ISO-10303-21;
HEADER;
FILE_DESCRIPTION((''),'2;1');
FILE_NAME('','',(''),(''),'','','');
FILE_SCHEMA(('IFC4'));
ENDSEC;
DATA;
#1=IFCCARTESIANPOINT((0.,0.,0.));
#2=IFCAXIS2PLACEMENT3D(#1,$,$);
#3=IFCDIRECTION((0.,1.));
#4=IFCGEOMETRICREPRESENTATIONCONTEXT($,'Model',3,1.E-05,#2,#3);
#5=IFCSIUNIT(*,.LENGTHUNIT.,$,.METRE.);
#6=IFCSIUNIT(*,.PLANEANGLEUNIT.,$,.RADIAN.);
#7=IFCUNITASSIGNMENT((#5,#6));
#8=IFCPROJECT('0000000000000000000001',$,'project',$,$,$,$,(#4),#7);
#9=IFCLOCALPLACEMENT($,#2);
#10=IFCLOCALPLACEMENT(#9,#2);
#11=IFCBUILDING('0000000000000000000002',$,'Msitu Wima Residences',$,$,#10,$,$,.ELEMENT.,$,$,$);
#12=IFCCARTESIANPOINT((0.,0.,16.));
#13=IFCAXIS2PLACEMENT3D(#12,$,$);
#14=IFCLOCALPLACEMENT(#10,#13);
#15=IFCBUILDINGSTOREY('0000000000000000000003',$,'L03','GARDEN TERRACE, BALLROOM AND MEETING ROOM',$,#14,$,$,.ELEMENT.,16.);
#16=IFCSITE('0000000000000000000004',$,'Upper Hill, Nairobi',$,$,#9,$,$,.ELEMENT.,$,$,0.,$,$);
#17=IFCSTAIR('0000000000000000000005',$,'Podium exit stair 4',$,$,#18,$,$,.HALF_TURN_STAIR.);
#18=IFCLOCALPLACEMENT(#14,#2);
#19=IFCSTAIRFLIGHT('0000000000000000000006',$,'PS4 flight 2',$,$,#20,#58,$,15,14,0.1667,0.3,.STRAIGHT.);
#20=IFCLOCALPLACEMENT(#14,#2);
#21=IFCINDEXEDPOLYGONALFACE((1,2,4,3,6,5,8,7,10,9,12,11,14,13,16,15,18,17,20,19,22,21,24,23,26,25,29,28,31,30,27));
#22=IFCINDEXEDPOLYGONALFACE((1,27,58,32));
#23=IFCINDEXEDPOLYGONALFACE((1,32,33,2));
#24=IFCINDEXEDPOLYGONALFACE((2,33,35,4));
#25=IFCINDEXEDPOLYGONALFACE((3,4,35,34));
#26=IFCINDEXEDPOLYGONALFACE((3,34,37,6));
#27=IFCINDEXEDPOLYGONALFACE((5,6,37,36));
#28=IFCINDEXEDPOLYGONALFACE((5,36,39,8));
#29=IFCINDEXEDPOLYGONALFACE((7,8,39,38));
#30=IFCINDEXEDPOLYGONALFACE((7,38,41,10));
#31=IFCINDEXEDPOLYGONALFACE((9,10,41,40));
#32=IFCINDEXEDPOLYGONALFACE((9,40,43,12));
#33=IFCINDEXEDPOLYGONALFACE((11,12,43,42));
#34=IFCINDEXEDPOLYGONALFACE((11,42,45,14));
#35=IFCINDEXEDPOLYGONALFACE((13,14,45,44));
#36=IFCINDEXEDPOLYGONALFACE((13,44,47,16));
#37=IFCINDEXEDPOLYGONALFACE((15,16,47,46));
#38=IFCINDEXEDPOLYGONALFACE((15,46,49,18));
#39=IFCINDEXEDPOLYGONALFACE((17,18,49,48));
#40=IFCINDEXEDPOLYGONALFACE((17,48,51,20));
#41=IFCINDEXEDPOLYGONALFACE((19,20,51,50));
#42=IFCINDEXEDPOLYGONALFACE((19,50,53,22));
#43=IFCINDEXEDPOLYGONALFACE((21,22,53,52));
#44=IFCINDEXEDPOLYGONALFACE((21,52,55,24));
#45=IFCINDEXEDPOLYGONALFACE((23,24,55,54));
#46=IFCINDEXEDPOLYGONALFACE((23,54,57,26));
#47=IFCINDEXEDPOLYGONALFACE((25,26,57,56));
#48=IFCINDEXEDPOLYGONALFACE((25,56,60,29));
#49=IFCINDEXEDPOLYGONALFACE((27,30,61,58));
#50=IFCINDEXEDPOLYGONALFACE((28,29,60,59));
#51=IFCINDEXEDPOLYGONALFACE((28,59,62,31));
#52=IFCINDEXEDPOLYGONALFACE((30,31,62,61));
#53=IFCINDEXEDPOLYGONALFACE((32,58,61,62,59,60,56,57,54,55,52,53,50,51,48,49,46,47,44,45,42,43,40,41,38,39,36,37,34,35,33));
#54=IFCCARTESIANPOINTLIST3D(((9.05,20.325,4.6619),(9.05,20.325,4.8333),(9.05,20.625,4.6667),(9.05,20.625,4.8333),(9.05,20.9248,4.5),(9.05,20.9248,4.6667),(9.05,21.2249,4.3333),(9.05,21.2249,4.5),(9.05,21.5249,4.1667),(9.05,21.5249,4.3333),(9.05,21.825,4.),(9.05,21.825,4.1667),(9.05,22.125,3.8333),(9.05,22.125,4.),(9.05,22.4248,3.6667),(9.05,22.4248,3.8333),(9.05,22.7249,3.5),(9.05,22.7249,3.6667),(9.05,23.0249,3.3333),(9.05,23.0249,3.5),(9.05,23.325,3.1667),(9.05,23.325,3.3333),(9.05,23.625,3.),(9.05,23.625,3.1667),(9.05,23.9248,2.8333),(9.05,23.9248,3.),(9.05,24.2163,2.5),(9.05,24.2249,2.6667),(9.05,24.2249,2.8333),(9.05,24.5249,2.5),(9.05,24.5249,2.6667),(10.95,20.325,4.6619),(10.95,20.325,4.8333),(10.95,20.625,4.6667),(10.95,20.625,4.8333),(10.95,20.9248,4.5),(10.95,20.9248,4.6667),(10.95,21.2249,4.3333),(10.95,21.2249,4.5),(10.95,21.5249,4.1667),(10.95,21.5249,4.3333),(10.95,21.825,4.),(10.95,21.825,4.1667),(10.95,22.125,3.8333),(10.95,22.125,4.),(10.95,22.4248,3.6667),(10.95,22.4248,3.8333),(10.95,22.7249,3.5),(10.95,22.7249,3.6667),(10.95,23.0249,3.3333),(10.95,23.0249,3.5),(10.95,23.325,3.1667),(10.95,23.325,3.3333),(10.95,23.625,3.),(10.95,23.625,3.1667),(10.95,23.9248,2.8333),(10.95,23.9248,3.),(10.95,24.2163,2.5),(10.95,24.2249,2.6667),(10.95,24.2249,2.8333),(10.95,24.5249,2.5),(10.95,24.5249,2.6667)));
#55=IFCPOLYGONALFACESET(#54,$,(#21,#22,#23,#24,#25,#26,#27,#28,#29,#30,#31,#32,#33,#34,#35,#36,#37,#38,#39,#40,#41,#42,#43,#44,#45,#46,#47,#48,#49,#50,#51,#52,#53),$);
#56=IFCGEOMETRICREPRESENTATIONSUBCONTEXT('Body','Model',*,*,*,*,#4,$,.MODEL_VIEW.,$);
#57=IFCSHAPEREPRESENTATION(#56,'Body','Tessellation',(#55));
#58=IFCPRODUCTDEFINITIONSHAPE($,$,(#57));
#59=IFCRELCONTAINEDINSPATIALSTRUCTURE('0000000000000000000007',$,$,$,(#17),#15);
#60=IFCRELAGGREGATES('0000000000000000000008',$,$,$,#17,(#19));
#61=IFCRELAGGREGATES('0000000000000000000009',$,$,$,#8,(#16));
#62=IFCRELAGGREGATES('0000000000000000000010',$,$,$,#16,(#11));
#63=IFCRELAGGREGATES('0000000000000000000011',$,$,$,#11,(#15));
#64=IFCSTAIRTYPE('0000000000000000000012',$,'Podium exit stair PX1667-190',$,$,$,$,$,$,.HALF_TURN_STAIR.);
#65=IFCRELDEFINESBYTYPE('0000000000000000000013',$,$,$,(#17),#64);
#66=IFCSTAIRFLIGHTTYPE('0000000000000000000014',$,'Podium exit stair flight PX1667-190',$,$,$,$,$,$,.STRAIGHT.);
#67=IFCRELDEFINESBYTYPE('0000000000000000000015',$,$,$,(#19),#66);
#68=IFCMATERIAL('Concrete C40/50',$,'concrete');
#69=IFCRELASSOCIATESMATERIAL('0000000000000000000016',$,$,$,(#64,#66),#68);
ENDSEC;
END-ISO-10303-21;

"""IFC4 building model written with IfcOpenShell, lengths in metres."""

from ifc_helpers import new_model, si_unit, direction, frame, origin, place, context, subcontext, project, spatial, polyline, outline, extrude, material, type_object, element, aggregate, save


model = new_model("IFC4")

# Units and contexts
model_context = context("Model", 3, precision=1e-05, world=origin(), true_north=direction((0.0, 1.0)))
body_context = subcontext(model_context, "Body", "Model", "MODEL_VIEW")
ifc_project = project(units=[si_unit("LENGTHUNIT", "METRE"), si_unit("PLANEANGLEUNIT", "RADIAN")], contexts=[model_context])

# Site, building, storey
site_placement = place(None, origin())
site = spatial("IfcSite", under=ifc_project, at=site_placement, Name="Upper Hill, Nairobi", CompositionType="ELEMENT", RefElevation=0.0)
building_placement = place(site_placement, origin())
building = spatial("IfcBuilding", under=site, at=building_placement, Name="Msitu Wima Residences", CompositionType="ELEMENT")
storey_placement = place(building_placement, frame((0.0, 0.0, 16.0)))
storey = spatial("IfcBuildingStorey", under=building, at=storey_placement, Name="L03", Description="GARDEN TERRACE, BALLROOM AND MEETING ROOM", CompositionType="ELEMENT", Elevation=16.0)

# Shared definitions
ifc_material_1 = material(Name="Concrete C40/50", Category="concrete")

# Stair, stair flight
stair_type_1 = type_object("IfcStairType", Name="Podium exit stair PX1667-190", PredefinedType="HALF_TURN_STAIR", material=ifc_material_1)
stair_1_placement = place(storey_placement, origin())
stair_1 = element("IfcStair", 1, at=stair_1_placement, inside=storey, type_object=stair_type_1, Name="Podium exit stair 4", PredefinedType="HALF_TURN_STAIR")
stair_flight_type_1 = type_object("IfcStairFlightType", Name="Podium exit stair flight PX1667-190", PredefinedType="STRAIGHT", material=ifc_material_1)
stair_flight_1_placement = place(storey_placement, frame((10.0, 24.5249, 2.5), z_axis=(0.0, 0.0, 1.0), x_axis=(0.0, -1.0, 0.0)))
stair_flight_1 = element("IfcStairFlight", 2, at=stair_flight_1_placement, type_object=stair_flight_type_1, Name="PS4 flight 2", NumberOfRisers=15, NumberOfTreads=14, PredefinedType="STRAIGHT", RiserHeight=0.1667, TreadLength=0.3, context=body_context, shape_type="SweptSolid", body=[
    extrude(outline(polyline([(0.0, 0.0), (0.0, 0.1667), (0.3, 0.1667), (0.3, 0.3333), (0.6001, 0.3333), (0.6001, 0.5), (0.8999, 0.5), (0.8999, 0.6667), (1.2, 0.6667), (1.2, 0.8333), (1.5, 0.8333), (1.5, 1.0), (1.8, 1.0), (1.8, 1.1667), (2.1001, 1.1667), (2.1001, 1.3333), (2.3999, 1.3333), (2.3999, 1.5), (2.7, 1.5), (2.7, 1.6667), (3.0, 1.6667), (3.0, 1.8333), (3.3, 1.8333), (3.3, 2.0), (3.6001, 2.0), (3.6001, 2.1667), (3.8999, 2.1667), (3.8999, 2.3333), (4.2, 2.3333), (4.2, 2.5), (4.2, 2.1619), (0.3086, 0.0), (0.0, 0.0)])), frame((0.0, 0.95, 0.0), z_axis=(0.0, -1.0, 0.0), x_axis=(1.0, 0.0, 0.0)), (0.0, 0.0, 1.0), 1.8999),
])
aggregate(stair_1, [stair_flight_1])

save(model, "model.ifc")
